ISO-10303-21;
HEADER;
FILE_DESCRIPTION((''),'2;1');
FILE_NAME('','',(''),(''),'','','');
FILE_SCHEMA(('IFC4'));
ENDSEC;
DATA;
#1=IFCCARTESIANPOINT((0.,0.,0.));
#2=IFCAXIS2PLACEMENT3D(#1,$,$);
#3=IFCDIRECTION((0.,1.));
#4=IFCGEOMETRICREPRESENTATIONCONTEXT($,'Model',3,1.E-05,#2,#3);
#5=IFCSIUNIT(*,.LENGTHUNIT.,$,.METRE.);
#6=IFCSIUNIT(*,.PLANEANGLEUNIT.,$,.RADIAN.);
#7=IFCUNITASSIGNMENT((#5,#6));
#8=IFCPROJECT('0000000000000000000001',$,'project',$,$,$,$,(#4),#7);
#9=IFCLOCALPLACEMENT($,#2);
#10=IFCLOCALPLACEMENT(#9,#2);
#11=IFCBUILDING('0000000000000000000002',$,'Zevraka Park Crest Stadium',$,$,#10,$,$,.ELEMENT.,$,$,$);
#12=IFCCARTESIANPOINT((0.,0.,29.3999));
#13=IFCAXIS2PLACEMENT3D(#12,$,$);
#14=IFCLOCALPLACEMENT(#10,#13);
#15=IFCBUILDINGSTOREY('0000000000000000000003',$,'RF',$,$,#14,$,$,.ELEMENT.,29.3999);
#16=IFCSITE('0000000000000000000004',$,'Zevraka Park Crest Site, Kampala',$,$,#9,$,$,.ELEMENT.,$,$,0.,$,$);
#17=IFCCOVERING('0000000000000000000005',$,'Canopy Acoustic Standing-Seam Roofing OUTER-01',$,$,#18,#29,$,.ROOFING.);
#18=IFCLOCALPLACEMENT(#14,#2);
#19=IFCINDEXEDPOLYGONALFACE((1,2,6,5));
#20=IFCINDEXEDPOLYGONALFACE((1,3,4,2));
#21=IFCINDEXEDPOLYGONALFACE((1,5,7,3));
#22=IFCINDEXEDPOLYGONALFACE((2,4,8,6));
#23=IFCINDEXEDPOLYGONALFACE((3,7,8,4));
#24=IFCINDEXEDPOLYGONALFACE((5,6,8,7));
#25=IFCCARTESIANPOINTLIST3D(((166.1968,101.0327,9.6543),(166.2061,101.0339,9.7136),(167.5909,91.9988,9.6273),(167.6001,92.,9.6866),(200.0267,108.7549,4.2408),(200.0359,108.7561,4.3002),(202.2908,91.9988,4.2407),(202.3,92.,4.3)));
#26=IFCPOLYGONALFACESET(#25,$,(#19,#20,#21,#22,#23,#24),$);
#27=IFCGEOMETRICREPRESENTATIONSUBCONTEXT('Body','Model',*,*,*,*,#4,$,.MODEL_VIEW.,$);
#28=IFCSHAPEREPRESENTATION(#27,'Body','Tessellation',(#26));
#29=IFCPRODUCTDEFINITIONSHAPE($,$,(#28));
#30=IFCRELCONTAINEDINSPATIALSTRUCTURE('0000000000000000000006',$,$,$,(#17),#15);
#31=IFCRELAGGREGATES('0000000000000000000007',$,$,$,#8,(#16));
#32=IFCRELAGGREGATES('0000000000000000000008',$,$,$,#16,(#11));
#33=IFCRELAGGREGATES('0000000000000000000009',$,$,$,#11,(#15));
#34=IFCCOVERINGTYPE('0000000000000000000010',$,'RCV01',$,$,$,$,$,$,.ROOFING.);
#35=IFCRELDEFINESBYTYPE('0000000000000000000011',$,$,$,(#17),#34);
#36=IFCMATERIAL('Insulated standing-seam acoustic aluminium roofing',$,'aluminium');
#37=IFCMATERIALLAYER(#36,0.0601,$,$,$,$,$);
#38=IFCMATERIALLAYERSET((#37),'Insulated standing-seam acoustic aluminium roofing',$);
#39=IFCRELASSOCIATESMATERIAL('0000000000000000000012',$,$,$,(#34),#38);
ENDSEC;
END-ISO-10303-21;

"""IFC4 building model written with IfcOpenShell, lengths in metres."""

from ifc_helpers import new_model, si_unit, direction, frame, origin, place, context, subcontext, project, spatial, polyline, outline, extrude, material, layer, layer_set, type_object, element, save


model = new_model("IFC4")

# Units and contexts
model_context = context("Model", 3, precision=1e-05, world=origin(), true_north=direction((0.0, 1.0)))
body_context = subcontext(model_context, "Body", "Model", "MODEL_VIEW")
ifc_project = project(units=[si_unit("LENGTHUNIT", "METRE"), si_unit("PLANEANGLEUNIT", "RADIAN")], contexts=[model_context])

# Site, building, storey
site_placement = place(None, origin())
site = spatial("IfcSite", under=ifc_project, at=site_placement, Name="Zevraka Park Crest Site, Kampala", CompositionType="ELEMENT", RefElevation=0.0)
building_placement = place(site_placement, origin())
building = spatial("IfcBuilding", under=site, at=building_placement, Name="Zevraka Park Crest Stadium", CompositionType="ELEMENT")
storey_placement = place(building_placement, frame((0.0, 0.0, 29.3999)))
storey = spatial("IfcBuildingStorey", under=building, at=storey_placement, Name="RF", CompositionType="ELEMENT", Elevation=29.3999)

# Covering
ifc_material_1 = material(Name="Insulated standing-seam acoustic aluminium roofing", Category="aluminium")
ifc_layer_1 = layer(ifc_material_1, 0.0601)
ifc_layer_set_1 = layer_set([ifc_layer_1], Name="Insulated standing-seam acoustic aluminium roofing")
covering_type_1 = type_object("IfcCoveringType", Name="RCV01", PredefinedType="ROOFING", material=ifc_layer_set_1)
covering_1_placement = place(storey_placement, frame((202.3, 92.0, 4.3), z_axis=(0.153363, 0.020716, 0.987953), x_axis=(-0.133906, 0.990994, 0.000007)))
element("IfcCovering", 1, at=covering_1_placement, inside=storey, type_object=covering_type_1, Name="Canopy Acoustic Standing-Seam Roofing OUTER-01", PredefinedType="ROOFING", context=body_context, shape_type="SweptSolid", body=[
    extrude(outline(polyline([(0.0, 0.0), (16.9084, 0.0), (13.7858, 34.9807), (4.6466, 34.8068), (0.0, 0.0)])), origin(), (0.0, 0.0, -1.0), 0.0601),
])

save(model, "model.ifc")
